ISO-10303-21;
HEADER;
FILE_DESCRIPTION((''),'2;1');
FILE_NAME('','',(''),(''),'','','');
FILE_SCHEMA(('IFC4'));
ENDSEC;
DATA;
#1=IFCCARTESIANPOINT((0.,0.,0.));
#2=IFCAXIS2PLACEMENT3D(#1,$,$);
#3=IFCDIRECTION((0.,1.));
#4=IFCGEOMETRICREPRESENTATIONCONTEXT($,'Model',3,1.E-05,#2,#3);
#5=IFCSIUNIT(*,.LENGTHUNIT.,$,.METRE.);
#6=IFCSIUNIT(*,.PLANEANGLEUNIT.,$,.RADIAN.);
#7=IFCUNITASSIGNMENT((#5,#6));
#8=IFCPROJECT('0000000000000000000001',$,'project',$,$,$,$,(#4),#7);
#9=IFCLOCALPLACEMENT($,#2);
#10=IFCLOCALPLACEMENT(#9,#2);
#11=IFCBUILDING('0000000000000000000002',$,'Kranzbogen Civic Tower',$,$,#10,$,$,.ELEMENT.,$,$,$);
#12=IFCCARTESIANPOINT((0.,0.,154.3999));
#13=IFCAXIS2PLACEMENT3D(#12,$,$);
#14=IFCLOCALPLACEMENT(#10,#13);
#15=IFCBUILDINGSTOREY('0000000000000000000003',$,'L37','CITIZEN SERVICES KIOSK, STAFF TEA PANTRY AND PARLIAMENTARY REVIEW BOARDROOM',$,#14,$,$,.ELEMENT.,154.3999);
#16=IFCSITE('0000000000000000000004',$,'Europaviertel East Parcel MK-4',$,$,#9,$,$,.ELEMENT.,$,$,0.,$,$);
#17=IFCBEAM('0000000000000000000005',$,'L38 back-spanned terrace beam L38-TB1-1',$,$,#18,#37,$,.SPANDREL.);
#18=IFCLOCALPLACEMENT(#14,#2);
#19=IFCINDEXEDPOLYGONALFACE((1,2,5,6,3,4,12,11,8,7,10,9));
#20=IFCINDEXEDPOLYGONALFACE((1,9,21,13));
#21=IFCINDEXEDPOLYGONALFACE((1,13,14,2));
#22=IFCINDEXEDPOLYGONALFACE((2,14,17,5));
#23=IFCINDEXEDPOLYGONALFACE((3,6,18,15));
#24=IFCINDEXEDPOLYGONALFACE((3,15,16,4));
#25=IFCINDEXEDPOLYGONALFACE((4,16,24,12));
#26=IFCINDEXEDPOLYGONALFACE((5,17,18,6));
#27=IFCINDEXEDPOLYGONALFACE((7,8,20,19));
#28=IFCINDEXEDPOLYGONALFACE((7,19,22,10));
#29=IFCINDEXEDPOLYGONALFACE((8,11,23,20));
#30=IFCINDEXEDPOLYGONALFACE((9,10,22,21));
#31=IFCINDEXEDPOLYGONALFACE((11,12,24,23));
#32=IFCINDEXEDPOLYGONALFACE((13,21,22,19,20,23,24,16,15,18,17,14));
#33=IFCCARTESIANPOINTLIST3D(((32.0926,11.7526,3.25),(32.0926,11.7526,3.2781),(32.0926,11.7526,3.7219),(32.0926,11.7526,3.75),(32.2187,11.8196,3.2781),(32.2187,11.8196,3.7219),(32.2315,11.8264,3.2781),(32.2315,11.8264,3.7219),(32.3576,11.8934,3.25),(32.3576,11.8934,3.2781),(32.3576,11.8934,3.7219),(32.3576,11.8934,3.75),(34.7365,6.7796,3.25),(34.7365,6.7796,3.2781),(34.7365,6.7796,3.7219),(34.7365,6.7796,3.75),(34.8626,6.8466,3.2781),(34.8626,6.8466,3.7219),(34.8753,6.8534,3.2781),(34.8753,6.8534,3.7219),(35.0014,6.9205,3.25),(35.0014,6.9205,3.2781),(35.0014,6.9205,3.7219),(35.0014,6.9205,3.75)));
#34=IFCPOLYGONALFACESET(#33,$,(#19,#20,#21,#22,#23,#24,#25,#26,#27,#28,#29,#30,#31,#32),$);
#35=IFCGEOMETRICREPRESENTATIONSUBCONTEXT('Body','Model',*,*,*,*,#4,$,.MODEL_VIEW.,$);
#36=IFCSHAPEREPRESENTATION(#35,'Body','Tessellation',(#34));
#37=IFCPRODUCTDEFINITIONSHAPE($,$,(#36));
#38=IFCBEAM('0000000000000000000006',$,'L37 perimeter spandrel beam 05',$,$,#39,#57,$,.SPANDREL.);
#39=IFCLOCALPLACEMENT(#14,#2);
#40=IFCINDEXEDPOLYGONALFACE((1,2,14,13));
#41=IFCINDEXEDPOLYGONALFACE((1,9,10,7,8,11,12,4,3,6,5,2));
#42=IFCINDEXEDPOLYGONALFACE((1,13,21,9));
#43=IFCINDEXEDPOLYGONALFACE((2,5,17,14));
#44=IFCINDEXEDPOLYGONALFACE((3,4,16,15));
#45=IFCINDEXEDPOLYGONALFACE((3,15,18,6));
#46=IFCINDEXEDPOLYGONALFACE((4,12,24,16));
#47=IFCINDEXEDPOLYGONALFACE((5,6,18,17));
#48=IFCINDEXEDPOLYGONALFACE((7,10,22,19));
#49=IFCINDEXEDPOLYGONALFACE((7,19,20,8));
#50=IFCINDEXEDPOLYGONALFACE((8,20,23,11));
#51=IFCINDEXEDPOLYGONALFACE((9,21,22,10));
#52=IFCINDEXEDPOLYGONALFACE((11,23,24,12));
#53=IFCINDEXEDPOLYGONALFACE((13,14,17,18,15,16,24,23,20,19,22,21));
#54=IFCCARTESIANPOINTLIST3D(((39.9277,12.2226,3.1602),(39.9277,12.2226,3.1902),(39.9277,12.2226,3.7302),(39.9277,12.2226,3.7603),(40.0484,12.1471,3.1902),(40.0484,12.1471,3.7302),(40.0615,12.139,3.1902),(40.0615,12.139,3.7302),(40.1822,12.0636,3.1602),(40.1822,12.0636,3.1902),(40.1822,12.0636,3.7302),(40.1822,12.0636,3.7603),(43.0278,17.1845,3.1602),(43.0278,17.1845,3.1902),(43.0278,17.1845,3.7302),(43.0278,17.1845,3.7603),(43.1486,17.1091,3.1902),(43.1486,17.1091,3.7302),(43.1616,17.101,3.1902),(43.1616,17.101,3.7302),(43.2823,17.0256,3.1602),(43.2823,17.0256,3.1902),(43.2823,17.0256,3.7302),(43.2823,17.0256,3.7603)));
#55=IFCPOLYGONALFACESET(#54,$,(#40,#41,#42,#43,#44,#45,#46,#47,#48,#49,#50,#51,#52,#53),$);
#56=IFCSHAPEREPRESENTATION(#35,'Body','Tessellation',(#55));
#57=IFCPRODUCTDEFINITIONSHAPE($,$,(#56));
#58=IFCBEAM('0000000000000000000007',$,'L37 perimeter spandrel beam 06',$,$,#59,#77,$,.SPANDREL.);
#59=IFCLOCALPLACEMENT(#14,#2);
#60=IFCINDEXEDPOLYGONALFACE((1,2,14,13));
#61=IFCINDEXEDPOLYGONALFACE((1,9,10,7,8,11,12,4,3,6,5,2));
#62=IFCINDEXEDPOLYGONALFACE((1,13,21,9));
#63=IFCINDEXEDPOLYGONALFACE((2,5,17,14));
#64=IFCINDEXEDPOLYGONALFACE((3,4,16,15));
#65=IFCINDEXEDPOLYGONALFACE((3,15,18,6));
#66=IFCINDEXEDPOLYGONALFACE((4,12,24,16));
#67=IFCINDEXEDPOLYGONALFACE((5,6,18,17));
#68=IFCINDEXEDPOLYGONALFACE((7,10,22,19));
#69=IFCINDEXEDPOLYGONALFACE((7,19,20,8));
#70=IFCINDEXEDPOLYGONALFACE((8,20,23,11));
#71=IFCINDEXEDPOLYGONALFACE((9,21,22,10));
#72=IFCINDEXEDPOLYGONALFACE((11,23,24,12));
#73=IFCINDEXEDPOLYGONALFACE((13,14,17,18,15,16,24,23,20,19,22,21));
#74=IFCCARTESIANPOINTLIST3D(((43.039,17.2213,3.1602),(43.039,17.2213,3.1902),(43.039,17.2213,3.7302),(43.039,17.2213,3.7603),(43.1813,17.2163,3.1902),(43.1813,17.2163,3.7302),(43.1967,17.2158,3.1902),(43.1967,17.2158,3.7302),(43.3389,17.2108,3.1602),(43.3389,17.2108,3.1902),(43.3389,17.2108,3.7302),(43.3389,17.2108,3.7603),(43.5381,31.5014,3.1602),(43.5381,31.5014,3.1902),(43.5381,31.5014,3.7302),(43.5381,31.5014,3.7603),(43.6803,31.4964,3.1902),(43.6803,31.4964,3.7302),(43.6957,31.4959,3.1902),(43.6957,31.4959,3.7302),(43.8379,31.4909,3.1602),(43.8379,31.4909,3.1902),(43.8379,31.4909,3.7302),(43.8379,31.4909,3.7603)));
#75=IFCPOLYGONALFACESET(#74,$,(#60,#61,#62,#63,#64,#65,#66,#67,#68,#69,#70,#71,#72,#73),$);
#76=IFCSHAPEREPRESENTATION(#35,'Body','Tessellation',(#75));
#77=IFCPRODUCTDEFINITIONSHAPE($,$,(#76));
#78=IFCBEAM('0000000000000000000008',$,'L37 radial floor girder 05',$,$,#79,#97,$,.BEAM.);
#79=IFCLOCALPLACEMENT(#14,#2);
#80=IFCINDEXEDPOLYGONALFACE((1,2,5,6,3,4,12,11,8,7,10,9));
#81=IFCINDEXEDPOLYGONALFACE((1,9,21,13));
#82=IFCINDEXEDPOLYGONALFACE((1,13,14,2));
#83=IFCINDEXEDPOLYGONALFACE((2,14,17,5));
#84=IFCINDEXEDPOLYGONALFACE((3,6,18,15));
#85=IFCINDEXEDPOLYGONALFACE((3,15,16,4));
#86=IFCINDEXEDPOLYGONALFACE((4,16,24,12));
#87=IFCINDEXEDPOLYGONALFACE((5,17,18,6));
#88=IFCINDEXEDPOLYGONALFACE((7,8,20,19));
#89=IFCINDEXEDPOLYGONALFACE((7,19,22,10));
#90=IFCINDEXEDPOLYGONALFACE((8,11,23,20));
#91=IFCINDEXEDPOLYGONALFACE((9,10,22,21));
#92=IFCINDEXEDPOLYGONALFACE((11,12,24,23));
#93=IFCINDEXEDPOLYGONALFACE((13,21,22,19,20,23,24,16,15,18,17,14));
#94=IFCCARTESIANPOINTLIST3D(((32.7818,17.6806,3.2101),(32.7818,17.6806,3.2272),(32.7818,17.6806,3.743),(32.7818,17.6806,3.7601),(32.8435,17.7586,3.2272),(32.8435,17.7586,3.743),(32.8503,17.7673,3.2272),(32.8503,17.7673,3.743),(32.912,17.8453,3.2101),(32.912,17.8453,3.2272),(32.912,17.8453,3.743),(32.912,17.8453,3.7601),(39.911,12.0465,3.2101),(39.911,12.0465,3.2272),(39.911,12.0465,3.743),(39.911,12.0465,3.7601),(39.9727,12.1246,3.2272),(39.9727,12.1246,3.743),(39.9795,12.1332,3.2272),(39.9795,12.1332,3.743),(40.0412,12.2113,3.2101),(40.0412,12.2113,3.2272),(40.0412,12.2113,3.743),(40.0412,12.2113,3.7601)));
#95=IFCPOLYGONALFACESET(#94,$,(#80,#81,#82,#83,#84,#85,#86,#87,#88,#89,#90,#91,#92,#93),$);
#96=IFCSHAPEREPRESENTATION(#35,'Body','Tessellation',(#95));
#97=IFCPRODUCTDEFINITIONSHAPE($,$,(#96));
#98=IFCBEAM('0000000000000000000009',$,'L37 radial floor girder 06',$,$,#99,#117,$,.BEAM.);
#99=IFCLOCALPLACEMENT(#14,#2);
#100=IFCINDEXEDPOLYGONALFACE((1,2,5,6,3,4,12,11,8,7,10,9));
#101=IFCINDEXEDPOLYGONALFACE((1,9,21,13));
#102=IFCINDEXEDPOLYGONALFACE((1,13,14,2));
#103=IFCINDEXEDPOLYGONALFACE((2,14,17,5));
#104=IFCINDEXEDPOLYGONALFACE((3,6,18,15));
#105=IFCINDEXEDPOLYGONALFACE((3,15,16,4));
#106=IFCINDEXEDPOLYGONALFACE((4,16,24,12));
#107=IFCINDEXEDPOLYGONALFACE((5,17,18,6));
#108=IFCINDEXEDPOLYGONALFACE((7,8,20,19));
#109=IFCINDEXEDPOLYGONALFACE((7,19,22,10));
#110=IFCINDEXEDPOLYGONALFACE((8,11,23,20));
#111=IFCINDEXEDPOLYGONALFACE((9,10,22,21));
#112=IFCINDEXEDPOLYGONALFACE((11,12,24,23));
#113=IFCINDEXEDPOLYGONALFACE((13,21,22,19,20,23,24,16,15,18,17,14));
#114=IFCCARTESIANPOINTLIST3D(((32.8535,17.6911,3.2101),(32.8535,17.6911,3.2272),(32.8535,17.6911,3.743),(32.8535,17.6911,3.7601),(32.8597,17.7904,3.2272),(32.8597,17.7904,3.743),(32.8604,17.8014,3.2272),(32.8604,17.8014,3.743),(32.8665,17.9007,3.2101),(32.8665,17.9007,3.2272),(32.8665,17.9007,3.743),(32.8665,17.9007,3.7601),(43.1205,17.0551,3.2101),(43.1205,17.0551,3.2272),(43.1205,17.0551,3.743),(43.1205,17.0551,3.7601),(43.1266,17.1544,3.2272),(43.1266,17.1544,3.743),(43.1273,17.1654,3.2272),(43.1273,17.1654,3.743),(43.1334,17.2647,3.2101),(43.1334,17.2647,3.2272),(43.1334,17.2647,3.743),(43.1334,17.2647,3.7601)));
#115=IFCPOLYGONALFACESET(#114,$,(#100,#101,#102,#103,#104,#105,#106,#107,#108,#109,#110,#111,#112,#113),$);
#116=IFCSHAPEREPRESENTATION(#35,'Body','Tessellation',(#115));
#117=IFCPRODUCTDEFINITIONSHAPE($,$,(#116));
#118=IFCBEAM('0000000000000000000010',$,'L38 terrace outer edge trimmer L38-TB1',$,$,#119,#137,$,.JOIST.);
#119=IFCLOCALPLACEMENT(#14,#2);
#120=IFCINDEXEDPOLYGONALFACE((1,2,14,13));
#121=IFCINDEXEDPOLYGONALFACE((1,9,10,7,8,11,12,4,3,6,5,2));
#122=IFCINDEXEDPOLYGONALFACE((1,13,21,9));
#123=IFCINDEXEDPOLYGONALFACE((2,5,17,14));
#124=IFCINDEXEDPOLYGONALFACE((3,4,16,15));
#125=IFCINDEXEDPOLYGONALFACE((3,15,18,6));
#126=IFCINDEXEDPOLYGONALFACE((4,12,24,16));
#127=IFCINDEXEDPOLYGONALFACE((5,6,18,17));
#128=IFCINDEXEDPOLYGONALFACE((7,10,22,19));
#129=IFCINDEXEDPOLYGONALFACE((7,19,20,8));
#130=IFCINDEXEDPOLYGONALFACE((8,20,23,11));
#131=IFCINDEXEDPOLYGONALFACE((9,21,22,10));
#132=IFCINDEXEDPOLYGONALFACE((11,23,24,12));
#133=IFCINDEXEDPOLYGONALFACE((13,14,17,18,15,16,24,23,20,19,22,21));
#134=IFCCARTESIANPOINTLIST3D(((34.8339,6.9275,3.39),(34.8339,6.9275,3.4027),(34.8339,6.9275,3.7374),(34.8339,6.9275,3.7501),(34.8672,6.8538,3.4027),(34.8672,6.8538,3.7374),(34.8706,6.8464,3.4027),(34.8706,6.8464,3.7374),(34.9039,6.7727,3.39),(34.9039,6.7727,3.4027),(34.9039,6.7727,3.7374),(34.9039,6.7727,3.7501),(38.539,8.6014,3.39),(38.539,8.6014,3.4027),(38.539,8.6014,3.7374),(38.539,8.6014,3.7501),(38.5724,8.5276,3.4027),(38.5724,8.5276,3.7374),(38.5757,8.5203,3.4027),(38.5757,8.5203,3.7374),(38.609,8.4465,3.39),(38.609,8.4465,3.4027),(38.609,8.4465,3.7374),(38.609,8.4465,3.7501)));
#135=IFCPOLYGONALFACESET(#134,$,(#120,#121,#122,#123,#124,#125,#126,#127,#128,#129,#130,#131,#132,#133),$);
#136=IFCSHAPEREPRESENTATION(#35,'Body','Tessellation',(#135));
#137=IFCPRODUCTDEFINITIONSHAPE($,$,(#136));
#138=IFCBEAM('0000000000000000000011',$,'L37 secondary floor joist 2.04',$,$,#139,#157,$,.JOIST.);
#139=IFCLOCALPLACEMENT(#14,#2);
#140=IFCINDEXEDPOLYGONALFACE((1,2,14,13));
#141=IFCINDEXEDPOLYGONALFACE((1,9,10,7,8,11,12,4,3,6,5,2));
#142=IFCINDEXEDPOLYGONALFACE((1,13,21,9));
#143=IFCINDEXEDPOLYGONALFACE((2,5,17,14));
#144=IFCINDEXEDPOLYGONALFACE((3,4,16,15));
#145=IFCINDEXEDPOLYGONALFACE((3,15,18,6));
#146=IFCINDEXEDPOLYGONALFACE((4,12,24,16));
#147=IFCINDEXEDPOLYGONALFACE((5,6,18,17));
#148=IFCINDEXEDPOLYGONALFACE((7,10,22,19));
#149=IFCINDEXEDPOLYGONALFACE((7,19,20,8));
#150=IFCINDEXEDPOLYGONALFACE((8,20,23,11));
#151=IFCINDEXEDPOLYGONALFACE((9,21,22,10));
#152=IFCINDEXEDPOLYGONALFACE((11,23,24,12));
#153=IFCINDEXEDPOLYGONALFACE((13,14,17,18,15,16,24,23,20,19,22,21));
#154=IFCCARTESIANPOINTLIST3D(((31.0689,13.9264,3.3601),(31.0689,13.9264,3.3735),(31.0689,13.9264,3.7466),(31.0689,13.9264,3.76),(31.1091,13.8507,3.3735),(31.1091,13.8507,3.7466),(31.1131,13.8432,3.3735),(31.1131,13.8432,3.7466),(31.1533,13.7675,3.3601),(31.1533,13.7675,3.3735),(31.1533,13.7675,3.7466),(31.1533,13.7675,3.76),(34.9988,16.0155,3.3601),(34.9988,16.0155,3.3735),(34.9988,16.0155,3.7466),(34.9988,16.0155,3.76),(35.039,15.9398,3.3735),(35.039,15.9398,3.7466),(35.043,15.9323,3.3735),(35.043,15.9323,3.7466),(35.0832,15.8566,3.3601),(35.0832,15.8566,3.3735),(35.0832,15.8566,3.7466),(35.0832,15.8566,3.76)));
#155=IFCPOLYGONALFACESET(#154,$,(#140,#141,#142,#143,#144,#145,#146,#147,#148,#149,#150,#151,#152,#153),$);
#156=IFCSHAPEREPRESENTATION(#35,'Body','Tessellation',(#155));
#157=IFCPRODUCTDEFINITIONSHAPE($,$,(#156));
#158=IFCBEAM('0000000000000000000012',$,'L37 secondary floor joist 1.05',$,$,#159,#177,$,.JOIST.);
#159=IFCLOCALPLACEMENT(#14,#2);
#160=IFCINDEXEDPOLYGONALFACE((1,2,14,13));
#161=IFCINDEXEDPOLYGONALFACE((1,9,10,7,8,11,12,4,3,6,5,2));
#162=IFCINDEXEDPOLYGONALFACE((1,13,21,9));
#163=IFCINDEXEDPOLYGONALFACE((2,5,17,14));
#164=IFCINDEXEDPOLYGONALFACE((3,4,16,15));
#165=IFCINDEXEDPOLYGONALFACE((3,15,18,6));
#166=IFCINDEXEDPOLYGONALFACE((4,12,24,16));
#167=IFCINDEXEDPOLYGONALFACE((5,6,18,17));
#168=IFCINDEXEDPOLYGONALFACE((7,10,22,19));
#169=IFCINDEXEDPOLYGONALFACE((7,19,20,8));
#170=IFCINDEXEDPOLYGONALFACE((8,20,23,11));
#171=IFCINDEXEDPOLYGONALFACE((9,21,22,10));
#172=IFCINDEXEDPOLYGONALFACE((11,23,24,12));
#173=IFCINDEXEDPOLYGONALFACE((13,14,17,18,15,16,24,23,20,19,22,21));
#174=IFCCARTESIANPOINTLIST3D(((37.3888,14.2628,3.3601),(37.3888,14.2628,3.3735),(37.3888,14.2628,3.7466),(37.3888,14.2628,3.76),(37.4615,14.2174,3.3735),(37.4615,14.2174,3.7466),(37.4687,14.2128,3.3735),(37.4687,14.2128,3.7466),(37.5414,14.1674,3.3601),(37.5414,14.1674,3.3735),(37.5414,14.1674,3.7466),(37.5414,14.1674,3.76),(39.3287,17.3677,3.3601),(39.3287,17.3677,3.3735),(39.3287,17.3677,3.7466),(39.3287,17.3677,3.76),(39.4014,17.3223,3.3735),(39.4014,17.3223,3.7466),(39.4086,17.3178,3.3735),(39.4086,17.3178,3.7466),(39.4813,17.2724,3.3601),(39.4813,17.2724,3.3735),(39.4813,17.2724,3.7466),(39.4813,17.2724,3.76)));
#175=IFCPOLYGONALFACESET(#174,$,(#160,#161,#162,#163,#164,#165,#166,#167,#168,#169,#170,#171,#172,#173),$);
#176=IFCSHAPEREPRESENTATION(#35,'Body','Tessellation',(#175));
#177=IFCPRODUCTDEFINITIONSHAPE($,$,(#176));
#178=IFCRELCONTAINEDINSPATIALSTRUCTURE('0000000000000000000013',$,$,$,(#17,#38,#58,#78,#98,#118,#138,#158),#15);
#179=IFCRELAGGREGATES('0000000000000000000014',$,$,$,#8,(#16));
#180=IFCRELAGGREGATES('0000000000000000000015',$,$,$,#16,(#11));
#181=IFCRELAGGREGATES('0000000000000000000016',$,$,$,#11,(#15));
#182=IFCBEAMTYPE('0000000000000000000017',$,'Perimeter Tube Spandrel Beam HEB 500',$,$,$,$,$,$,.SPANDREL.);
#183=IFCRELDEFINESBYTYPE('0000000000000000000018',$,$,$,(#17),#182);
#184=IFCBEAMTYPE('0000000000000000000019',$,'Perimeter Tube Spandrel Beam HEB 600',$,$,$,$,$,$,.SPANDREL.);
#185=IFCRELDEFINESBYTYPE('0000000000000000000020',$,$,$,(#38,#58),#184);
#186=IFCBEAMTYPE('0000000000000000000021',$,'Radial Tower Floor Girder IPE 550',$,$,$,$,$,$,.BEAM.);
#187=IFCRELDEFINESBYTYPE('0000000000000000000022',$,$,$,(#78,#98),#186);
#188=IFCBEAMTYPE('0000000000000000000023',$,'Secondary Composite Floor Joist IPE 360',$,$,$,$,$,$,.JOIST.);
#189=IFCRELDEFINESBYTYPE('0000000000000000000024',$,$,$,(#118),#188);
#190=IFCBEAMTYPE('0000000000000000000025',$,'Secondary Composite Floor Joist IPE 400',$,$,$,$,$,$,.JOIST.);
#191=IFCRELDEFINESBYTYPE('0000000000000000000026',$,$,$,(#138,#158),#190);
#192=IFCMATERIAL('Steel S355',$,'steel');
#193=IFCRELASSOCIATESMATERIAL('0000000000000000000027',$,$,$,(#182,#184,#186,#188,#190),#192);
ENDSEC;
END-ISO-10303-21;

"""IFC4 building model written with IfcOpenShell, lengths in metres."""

from ifc_helpers import new_model, si_unit, direction, frame, origin, origin_2d, place, context, subcontext, project, spatial, i_section, extrude, material, material_profile, profile_set, type_object, element, save


model = new_model("IFC4")

# Units and contexts
model_context = context("Model", 3, precision=1e-05, world=origin(), true_north=direction((0.0, 1.0)))
body_context = subcontext(model_context, "Body", "Model", "MODEL_VIEW")
ifc_project = project(units=[si_unit("LENGTHUNIT", "METRE"), si_unit("PLANEANGLEUNIT", "RADIAN")], contexts=[model_context])

# Site, building, storey
site_placement = place(None, origin())
site = spatial("IfcSite", under=ifc_project, at=site_placement, Name="Europaviertel East Parcel MK-4", CompositionType="ELEMENT", RefElevation=0.0)
building_placement = place(site_placement, origin())
building = spatial("IfcBuilding", under=site, at=building_placement, Name="Kranzbogen Civic Tower", CompositionType="ELEMENT")
storey_placement = place(building_placement, frame((0.0, 0.0, 154.3999)))
storey = spatial("IfcBuildingStorey", under=building, at=storey_placement, Name="L37", Description="CITIZEN SERVICES KIOSK, STAFF TEA PANTRY AND PARLIAMENTARY REVIEW BOARDROOM", CompositionType="ELEMENT", Elevation=154.3999)

# Shared definitions
ifc_material_1 = material(Name="Steel S355", Category="steel")

# Beams
ifc_material_profile_1 = material_profile(ifc_material_1, i_section(OverallWidth=0.3, OverallDepth=0.5, WebThickness=0.0144, FlangeThickness=0.0281, at=origin_2d()), Name="HEB 500")
ifc_profile_set_1 = profile_set([ifc_material_profile_1], Name="Steel S355")
beam_type_1 = type_object("IfcBeamType", Name="Perimeter Tube Spandrel Beam HEB 500", PredefinedType="SPANDREL", material=ifc_profile_set_1)
beam_1_placement = place(storey_placement, frame((32.2251, 11.823, 3.5), z_axis=(0.469425, -0.882973, 0.0), x_axis=(0.882973, 0.469425, 0.0)))
element("IfcBeam", 1, at=beam_1_placement, inside=storey, type_object=beam_type_1, Name="L38 back-spanned terrace beam L38-TB1-1", PredefinedType="SPANDREL", context=body_context, shape_type="SweptSolid", body=[
    extrude(i_section(OverallWidth=0.3, OverallDepth=0.5, WebThickness=0.0144, FlangeThickness=0.0281, at=origin_2d()), origin(), (0.0, 0.0, 1.0), 5.6321),
])
ifc_material_profile_2 = material_profile(ifc_material_1, i_section(OverallWidth=0.3, OverallDepth=0.6001, WebThickness=0.0154, FlangeThickness=0.03, at=origin_2d()), Name="HEB 600")
ifc_profile_set_2 = profile_set([ifc_material_profile_2], Name="Steel S355")
beam_type_2 = type_object("IfcBeamType", Name="Perimeter Tube Spandrel Beam HEB 600", PredefinedType="SPANDREL", material=ifc_profile_set_2)
beam_2_placement = place(storey_placement, frame((40.0549, 12.1431, 3.4602), z_axis=(0.529864, 0.848083, 0.0), x_axis=(-0.848083, 0.529864, 0.0)))
element("IfcBeam", 2, at=beam_2_placement, inside=storey, type_object=beam_type_2, Name="L37 perimeter spandrel beam 05", PredefinedType="SPANDREL", context=body_context, shape_type="SweptSolid", body=[
    extrude(i_section(OverallWidth=0.3, OverallDepth=0.6001, WebThickness=0.0154, FlangeThickness=0.03, at=origin_2d()), origin(), (0.0, 0.0, 1.0), 5.8508),
])
beam_3_placement = place(storey_placement, frame((43.189, 17.2161, 3.4602), z_axis=(0.034924, 0.99939, 0.0), x_axis=(-0.99939, 0.034924, 0.0)))
element("IfcBeam", 3, at=beam_3_placement, inside=storey, type_object=beam_type_2, Name="L37 perimeter spandrel beam 06", PredefinedType="SPANDREL", context=body_context, shape_type="SweptSolid", body=[
    extrude(i_section(OverallWidth=0.3, OverallDepth=0.6001, WebThickness=0.0154, FlangeThickness=0.03, at=origin_2d()), origin(), (0.0, 0.0, 1.0), 14.2888),
])
ifc_material_profile_3 = material_profile(ifc_material_1, i_section(OverallWidth=0.21, OverallDepth=0.55, WebThickness=0.011, FlangeThickness=0.0171, at=origin_2d()), Name="IPE 550")
ifc_profile_set_3 = profile_set([ifc_material_profile_3], Name="Steel S355")
beam_type_3 = type_object("IfcBeamType", Name="Radial Tower Floor Girder IPE 550", PredefinedType="BEAM", material=ifc_profile_set_3)
beam_4_placement = place(storey_placement, frame((39.9761, 12.1289, 3.4851), z_axis=(-0.784575, 0.620034, 0.0), x_axis=(-0.620034, -0.784575, 0.0)))
element("IfcBeam", 4, at=beam_4_placement, inside=storey, type_object=beam_type_3, Name="L37 radial floor girder 05", PredefinedType="BEAM", context=body_context, shape_type="SweptSolid", body=[
    extrude(i_section(OverallWidth=0.21, OverallDepth=0.55, WebThickness=0.011, FlangeThickness=0.0171, at=origin_2d()), origin(), (0.0, 0.0, 1.0), 9.0867),
])
beam_5_placement = place(storey_placement, frame((43.127, 17.1599, 3.4851), z_axis=(-0.998087, 0.061827, 0.0), x_axis=(-0.061827, -0.998087, 0.0)))
element("IfcBeam", 5, at=beam_5_placement, inside=storey, type_object=beam_type_3, Name="L37 radial floor girder 06", PredefinedType="BEAM", context=body_context, shape_type="SweptSolid", body=[
    extrude(i_section(OverallWidth=0.21, OverallDepth=0.55, WebThickness=0.011, FlangeThickness=0.0171, at=origin_2d()), origin(), (0.0, 0.0, 1.0), 10.2866),
])
ifc_material_profile_4 = material_profile(ifc_material_1, i_section(OverallWidth=0.1699, OverallDepth=0.3601, WebThickness=0.0081, FlangeThickness=0.0127, at=origin_2d()), Name="IPE 360")
ifc_profile_set_4 = profile_set([ifc_material_profile_4], Name="Steel S355")
beam_type_4 = type_object("IfcBeamType", Name="Secondary Composite Floor Joist IPE 360", PredefinedType="JOIST", material=ifc_profile_set_4)
beam_6_placement = place(storey_placement, frame((34.8689, 6.8501, 3.5701), z_axis=(0.911318, 0.411703, 0.0), x_axis=(-0.411703, 0.911318, 0.0)))
element("IfcBeam", 6, at=beam_6_placement, inside=storey, type_object=beam_type_4, Name="L38 terrace outer edge trimmer L38-TB1", PredefinedType="JOIST", context=body_context, shape_type="SweptSolid", body=[
    extrude(i_section(OverallWidth=0.1699, OverallDepth=0.3601, WebThickness=0.0081, FlangeThickness=0.0127, at=origin_2d()), origin(), (0.0, 0.0, 1.0), 4.0657),
])
ifc_material_profile_5 = material_profile(ifc_material_1, i_section(OverallWidth=0.1799, OverallDepth=0.3999, WebThickness=0.0085, FlangeThickness=0.0134, at=origin_2d()), Name="IPE 400")
ifc_profile_set_5 = profile_set([ifc_material_profile_5], Name="Steel S355")
beam_type_5 = type_object("IfcBeamType", Name="Secondary Composite Floor Joist IPE 400", PredefinedType="JOIST", material=ifc_profile_set_5)
beam_7_placement = place(storey_placement, frame((31.1111, 13.8469, 3.5601), z_axis=(0.882991, 0.469389, 0.0), x_axis=(-0.469389, 0.882991, 0.0)))
element("IfcBeam", 7, at=beam_7_placement, inside=storey, type_object=beam_type_5, Name="L37 secondary floor joist 2.04", PredefinedType="JOIST", context=body_context, shape_type="SweptSolid", body=[
    extrude(i_section(OverallWidth=0.1799, OverallDepth=0.3999, WebThickness=0.0085, FlangeThickness=0.0134, at=origin_2d()), origin(), (0.0, 0.0, 1.0), 4.4507),
])
beam_8_placement = place(storey_placement, frame((37.4651, 14.2151, 3.5601), z_axis=(0.529867, 0.848081, 0.0), x_axis=(-0.848081, 0.529867, 0.0)))
element("IfcBeam", 8, at=beam_8_placement, inside=storey, type_object=beam_type_5, Name="L37 secondary floor joist 1.05", PredefinedType="JOIST", context=body_context, shape_type="SweptSolid", body=[
    extrude(i_section(OverallWidth=0.1799, OverallDepth=0.3999, WebThickness=0.0085, FlangeThickness=0.0134, at=origin_2d()), origin(), (0.0, 0.0, 1.0), 3.6611),
])

save(model, "model.ifc")
